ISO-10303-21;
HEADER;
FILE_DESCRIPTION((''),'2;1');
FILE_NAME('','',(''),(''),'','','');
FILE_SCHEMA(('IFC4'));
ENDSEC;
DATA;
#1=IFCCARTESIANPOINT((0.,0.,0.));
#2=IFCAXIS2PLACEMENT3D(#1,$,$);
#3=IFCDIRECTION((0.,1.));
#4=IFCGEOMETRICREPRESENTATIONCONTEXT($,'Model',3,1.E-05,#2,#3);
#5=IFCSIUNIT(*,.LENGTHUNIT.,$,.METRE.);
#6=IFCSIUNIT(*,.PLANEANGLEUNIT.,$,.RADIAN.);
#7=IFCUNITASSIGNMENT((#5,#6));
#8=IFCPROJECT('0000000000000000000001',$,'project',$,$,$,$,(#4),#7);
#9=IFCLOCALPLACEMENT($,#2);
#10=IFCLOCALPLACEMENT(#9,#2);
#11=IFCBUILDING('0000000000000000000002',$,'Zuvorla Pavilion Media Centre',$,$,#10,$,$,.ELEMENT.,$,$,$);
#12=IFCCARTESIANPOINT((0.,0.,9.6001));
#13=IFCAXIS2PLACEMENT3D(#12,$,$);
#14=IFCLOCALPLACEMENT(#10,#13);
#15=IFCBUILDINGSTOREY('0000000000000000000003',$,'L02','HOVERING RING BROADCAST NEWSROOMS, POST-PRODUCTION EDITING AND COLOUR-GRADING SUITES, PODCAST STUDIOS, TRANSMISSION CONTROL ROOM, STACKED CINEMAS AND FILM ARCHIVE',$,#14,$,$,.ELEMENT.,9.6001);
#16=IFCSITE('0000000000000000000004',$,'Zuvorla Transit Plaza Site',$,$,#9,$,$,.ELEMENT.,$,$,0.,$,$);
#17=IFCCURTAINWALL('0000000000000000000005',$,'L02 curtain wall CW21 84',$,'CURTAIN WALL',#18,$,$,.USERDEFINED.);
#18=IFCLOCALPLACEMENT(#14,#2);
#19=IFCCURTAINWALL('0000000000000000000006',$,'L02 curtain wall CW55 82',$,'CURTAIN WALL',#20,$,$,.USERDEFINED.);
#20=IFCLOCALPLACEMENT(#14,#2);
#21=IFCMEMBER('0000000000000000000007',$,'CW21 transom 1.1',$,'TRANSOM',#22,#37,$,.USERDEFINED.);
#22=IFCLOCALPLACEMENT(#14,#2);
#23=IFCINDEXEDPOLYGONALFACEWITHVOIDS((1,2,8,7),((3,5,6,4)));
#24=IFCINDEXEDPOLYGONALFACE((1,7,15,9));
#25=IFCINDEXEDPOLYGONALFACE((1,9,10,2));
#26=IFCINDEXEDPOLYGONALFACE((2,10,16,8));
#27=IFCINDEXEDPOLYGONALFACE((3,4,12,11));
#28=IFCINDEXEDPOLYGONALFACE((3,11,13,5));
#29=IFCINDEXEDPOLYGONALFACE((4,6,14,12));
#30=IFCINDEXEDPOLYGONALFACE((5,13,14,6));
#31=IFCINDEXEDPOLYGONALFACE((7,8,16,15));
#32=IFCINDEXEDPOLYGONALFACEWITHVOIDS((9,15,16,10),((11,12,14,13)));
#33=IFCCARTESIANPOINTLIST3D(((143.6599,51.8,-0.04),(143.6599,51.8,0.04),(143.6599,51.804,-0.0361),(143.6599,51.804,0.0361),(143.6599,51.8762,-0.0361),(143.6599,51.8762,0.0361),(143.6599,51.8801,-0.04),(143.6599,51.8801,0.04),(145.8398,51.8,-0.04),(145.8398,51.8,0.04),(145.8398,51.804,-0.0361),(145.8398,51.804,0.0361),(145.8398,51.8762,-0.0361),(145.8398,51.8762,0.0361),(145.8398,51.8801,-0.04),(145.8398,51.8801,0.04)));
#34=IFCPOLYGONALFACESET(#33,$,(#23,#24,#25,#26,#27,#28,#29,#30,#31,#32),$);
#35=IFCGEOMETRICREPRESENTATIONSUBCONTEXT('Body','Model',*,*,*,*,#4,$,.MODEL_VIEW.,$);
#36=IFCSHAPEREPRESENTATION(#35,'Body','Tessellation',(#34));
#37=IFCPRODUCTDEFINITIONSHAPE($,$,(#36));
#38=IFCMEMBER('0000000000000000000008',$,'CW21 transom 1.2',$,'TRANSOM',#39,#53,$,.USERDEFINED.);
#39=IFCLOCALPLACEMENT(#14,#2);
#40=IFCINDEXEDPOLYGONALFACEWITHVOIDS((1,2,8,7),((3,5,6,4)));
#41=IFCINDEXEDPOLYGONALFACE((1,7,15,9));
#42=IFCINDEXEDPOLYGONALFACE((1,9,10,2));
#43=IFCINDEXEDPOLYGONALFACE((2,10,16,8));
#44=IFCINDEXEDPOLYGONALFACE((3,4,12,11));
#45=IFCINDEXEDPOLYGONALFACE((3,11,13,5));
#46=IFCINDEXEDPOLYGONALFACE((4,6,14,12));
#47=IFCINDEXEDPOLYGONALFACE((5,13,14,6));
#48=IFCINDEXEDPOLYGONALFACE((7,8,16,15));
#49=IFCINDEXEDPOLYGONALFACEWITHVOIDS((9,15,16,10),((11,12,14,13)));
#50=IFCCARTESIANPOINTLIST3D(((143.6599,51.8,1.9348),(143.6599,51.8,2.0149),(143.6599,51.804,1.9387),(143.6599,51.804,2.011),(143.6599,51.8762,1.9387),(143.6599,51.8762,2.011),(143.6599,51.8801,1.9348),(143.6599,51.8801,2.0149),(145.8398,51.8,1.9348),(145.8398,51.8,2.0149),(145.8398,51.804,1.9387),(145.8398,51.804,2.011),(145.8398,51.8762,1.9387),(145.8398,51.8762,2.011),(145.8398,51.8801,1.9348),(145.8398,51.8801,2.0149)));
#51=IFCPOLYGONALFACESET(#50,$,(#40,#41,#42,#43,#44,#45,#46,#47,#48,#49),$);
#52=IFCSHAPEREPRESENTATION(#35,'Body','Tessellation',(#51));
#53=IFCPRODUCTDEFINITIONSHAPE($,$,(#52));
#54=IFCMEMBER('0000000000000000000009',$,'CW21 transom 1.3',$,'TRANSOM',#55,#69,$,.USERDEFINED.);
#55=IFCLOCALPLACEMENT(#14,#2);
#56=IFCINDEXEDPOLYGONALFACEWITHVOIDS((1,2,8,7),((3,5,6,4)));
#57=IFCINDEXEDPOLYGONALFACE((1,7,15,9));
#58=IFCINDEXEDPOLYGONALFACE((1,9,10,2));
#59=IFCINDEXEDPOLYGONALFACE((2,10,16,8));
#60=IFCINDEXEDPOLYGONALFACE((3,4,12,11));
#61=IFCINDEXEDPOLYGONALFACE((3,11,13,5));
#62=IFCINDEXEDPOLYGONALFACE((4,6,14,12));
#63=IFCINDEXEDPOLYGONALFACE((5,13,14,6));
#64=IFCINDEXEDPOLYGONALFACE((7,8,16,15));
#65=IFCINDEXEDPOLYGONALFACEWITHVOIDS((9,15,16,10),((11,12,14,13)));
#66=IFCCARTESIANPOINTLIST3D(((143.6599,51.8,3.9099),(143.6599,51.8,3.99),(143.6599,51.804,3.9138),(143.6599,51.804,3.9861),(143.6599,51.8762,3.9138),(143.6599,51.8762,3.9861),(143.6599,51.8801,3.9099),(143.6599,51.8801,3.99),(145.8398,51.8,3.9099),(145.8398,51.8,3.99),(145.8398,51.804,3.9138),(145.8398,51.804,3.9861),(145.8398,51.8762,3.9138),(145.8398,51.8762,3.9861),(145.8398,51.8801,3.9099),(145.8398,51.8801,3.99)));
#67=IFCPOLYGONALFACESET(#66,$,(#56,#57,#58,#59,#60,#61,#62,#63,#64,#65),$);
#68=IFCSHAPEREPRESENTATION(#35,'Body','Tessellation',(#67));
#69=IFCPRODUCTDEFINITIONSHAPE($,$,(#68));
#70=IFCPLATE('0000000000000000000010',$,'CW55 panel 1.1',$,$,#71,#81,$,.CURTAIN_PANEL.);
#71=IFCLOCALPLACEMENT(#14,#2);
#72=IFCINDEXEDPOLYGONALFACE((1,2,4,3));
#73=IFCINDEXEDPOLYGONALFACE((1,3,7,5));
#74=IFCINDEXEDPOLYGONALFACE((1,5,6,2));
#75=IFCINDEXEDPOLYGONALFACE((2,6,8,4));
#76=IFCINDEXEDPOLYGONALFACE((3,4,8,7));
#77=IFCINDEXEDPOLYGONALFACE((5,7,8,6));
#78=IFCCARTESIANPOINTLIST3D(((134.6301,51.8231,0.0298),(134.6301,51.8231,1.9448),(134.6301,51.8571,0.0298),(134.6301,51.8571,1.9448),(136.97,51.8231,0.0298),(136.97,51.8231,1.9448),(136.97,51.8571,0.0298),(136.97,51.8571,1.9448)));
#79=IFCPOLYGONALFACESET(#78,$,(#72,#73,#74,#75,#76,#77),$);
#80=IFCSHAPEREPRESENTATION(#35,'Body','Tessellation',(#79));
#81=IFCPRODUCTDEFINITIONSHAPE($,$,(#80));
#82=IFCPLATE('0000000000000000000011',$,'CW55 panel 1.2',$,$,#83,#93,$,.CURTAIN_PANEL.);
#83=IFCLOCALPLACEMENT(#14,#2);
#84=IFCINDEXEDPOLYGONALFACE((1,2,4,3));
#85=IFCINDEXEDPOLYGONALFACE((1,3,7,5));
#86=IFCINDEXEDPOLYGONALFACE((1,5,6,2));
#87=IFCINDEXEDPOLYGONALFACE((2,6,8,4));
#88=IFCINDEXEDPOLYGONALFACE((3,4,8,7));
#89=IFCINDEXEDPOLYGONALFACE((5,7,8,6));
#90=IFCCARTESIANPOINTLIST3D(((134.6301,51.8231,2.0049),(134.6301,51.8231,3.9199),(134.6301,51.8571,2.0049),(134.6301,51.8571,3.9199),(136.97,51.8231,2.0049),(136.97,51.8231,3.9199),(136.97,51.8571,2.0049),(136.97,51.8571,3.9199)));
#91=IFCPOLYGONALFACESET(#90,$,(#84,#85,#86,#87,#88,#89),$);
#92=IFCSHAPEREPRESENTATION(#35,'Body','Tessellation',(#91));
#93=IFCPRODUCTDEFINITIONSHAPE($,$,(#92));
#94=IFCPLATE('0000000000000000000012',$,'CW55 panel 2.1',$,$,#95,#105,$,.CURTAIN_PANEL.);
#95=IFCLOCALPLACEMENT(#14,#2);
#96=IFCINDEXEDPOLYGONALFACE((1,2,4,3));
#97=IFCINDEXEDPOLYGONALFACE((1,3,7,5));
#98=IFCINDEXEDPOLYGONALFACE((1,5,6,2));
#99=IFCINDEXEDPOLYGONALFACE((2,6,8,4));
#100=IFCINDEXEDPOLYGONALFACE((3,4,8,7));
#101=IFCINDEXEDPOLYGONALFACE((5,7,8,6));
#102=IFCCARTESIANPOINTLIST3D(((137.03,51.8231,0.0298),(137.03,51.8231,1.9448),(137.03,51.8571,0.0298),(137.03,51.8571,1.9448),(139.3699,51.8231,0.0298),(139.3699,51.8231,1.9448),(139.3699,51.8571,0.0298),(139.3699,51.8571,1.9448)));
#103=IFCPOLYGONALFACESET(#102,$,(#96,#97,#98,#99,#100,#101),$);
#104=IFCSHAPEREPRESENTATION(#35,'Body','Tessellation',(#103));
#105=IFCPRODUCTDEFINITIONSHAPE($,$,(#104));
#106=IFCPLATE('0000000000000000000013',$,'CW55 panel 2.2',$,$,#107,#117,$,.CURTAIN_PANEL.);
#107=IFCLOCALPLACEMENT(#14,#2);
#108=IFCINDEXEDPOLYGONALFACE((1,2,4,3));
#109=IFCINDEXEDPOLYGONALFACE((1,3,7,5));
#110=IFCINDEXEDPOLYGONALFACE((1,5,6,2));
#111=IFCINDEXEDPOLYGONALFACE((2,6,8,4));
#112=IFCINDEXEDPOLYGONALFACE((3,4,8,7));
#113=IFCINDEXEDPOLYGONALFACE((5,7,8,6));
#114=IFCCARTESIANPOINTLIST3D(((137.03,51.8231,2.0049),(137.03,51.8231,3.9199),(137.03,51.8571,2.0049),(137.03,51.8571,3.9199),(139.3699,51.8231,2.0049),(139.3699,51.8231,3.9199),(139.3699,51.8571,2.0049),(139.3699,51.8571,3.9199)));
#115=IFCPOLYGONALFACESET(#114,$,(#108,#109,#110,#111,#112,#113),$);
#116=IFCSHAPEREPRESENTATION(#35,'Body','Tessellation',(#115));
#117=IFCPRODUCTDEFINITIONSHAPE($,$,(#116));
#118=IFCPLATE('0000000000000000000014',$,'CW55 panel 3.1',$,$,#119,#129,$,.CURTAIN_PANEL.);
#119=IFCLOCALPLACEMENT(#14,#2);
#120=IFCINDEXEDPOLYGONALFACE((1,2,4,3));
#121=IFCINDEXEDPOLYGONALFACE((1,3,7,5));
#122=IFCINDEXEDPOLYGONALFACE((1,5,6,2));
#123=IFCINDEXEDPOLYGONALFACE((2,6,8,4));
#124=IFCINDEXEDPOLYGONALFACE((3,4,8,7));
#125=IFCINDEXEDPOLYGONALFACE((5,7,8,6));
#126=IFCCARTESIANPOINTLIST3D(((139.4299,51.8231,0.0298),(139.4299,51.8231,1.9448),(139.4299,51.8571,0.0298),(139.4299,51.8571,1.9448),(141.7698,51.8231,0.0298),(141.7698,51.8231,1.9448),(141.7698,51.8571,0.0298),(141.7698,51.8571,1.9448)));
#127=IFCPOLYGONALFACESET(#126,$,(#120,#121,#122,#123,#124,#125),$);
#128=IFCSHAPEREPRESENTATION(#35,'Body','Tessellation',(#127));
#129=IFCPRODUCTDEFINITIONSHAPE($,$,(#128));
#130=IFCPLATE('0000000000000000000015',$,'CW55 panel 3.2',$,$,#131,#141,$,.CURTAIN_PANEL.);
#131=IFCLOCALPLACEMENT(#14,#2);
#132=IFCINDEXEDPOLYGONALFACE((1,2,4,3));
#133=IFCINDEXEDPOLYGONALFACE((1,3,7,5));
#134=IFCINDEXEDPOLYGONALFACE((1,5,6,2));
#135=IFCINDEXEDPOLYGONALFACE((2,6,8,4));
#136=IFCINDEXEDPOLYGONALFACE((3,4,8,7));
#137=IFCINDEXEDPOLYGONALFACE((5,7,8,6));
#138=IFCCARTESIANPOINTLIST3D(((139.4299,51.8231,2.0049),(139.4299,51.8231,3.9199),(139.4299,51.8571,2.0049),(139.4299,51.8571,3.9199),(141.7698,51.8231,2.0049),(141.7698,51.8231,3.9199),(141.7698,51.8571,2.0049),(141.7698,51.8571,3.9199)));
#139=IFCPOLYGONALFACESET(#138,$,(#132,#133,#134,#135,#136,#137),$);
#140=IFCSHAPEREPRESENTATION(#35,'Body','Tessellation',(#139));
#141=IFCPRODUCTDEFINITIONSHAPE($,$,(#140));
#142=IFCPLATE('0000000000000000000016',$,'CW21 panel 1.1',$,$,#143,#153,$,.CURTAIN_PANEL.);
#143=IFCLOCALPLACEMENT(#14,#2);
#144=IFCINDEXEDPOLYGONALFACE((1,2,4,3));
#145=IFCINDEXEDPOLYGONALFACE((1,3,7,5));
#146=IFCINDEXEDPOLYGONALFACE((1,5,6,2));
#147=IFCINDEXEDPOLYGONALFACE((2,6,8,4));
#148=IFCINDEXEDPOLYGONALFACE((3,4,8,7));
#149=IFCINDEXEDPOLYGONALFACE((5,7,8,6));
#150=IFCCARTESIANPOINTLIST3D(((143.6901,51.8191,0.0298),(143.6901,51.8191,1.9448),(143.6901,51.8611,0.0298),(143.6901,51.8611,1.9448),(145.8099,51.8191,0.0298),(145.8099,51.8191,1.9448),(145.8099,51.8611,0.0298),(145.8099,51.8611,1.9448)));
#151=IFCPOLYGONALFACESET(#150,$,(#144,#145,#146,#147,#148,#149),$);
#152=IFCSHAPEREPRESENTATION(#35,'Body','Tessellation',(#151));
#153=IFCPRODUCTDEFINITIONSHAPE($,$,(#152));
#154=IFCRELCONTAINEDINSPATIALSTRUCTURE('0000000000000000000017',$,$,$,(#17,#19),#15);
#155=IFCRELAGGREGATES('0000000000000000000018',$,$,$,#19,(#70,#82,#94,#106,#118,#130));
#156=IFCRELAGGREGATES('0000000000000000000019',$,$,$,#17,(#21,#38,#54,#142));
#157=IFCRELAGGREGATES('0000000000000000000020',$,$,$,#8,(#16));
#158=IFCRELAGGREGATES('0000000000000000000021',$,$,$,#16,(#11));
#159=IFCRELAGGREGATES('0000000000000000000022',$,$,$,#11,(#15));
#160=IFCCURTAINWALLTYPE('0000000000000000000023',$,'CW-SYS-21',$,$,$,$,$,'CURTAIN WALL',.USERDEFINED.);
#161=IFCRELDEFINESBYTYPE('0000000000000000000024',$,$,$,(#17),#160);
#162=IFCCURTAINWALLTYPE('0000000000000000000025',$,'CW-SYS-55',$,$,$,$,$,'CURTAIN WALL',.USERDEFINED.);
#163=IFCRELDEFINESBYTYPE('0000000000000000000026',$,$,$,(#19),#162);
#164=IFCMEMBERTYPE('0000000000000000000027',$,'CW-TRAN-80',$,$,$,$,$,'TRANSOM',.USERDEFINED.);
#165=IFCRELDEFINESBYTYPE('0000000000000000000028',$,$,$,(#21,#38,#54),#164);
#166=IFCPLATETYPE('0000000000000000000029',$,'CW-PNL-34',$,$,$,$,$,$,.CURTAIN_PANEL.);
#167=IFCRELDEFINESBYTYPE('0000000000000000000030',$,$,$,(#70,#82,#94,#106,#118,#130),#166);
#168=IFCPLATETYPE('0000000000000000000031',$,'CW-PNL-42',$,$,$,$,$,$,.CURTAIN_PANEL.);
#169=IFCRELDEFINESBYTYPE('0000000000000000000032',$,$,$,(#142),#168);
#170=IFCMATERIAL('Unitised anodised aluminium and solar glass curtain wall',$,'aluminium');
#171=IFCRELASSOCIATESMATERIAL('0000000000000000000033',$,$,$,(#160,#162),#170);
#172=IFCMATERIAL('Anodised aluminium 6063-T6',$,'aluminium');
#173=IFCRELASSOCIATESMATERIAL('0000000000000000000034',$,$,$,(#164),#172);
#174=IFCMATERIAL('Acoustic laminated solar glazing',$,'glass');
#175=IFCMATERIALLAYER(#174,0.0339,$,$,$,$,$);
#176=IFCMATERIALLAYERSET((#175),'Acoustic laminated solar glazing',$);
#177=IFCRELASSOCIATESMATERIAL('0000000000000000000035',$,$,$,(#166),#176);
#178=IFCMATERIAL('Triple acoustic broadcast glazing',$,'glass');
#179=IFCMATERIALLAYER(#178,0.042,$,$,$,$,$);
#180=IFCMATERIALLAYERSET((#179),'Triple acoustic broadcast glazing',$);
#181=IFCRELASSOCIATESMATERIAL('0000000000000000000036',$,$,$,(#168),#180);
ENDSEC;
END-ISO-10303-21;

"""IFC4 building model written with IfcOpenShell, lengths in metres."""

from ifc_helpers import new_model, si_unit, direction, frame, origin, origin_2d, place, context, subcontext, project, spatial, rectangle, hollow_rectangle, extrude, material, layer, layer_set, material_profile, profile_set, type_object, element, aggregate, save


model = new_model("IFC4")

# Units and contexts
model_context = context("Model", 3, precision=1e-05, world=origin(), true_north=direction((0.0, 1.0)))
body_context = subcontext(model_context, "Body", "Model", "MODEL_VIEW")
ifc_project = project(units=[si_unit("LENGTHUNIT", "METRE"), si_unit("PLANEANGLEUNIT", "RADIAN")], contexts=[model_context])

# Site, building, storey
site_placement = place(None, origin())
site = spatial("IfcSite", under=ifc_project, at=site_placement, Name="Zuvorla Transit Plaza Site", CompositionType="ELEMENT", RefElevation=0.0)
building_placement = place(site_placement, origin())
building = spatial("IfcBuilding", under=site, at=building_placement, Name="Zuvorla Pavilion Media Centre", CompositionType="ELEMENT")
storey_placement = place(building_placement, frame((0.0, 0.0, 9.6001)))
storey = spatial("IfcBuildingStorey", under=building, at=storey_placement, Name="L02", Description="HOVERING RING BROADCAST NEWSROOMS, POST-PRODUCTION EDITING AND COLOUR-GRADING SUITES, PODCAST STUDIOS, TRANSMISSION CONTROL ROOM, STACKED CINEMAS AND FILM ARCHIVE", CompositionType="ELEMENT", Elevation=9.6001)

# Curtain wall
ifc_material_1 = material(Name="Unitised anodised aluminium and solar glass curtain wall", Category="aluminium")
curtain_wall_type_1 = type_object("IfcCurtainWallType", Name="CW-SYS-21", ElementType="CURTAIN WALL", PredefinedType="USERDEFINED", material=ifc_material_1)
curtain_wall_1_placement = place(storey_placement, origin())
curtain_wall_1 = element("IfcCurtainWall", 1, at=curtain_wall_1_placement, inside=storey, type_object=curtain_wall_type_1, Name="L02 curtain wall CW21 84", ObjectType="CURTAIN WALL", PredefinedType="USERDEFINED")
ifc_material_2 = material(Name="Anodised aluminium 6063-T6", Category="aluminium")

# Curtain wall
curtain_wall_type_2 = type_object("IfcCurtainWallType", Name="CW-SYS-55", ElementType="CURTAIN WALL", PredefinedType="USERDEFINED", material=ifc_material_1)
curtain_wall_2_placement = place(storey_placement, origin())
curtain_wall_2 = element("IfcCurtainWall", 2, at=curtain_wall_2_placement, inside=storey, type_object=curtain_wall_type_2, Name="L02 curtain wall CW55 82", ObjectType="CURTAIN WALL", PredefinedType="USERDEFINED")

# Members
ifc_material_profile_1 = material_profile(ifc_material_2, hollow_rectangle(XDim=0.0801, YDim=0.0801, WallThickness=0.0039, at=origin_2d()), Name="ALU TRAN 80x80")
ifc_profile_set_1 = profile_set([ifc_material_profile_1], Name="Anodised aluminium 6063-T6")
member_type_1 = type_object("IfcMemberType", Name="CW-TRAN-80", ElementType="TRANSOM", PredefinedType="USERDEFINED", material=ifc_profile_set_1)
member_1_placement = place(storey_placement, frame((143.6599, 51.8401, 0.0), z_axis=(1.0, 0.0, 0.0), x_axis=(0.0, 1.0, 0.0)))
member_1 = element("IfcMember", 3, at=member_1_placement, type_object=member_type_1, Name="CW21 transom 1.1", ObjectType="TRANSOM", PredefinedType="USERDEFINED", context=body_context, shape_type="SweptSolid", body=[
    extrude(hollow_rectangle(XDim=0.0801, YDim=0.0801, WallThickness=0.0039, at=origin_2d()), origin(), (0.0, 0.0, 1.0), 2.1799),
])
member_2_placement = place(storey_placement, frame((143.6599, 51.8401, 1.9749), z_axis=(1.0, 0.0, 0.0), x_axis=(0.0, 1.0, 0.0)))
member_2 = element("IfcMember", 4, at=member_2_placement, type_object=member_type_1, Name="CW21 transom 1.2", ObjectType="TRANSOM", PredefinedType="USERDEFINED", context=body_context, shape_type="SweptSolid", body=[
    extrude(hollow_rectangle(XDim=0.0801, YDim=0.0801, WallThickness=0.0039, at=origin_2d()), origin(), (0.0, 0.0, 1.0), 2.1799),
])
member_3_placement = place(storey_placement, frame((143.6599, 51.8401, 3.95), z_axis=(1.0, 0.0, 0.0), x_axis=(0.0, 1.0, 0.0)))
member_3 = element("IfcMember", 5, at=member_3_placement, type_object=member_type_1, Name="CW21 transom 1.3", ObjectType="TRANSOM", PredefinedType="USERDEFINED", context=body_context, shape_type="SweptSolid", body=[
    extrude(hollow_rectangle(XDim=0.0801, YDim=0.0801, WallThickness=0.0039, at=origin_2d()), origin(), (0.0, 0.0, 1.0), 2.1799),
])

# Plates
ifc_material_3 = material(Name="Acoustic laminated solar glazing", Category="glass")
ifc_layer_1 = layer(ifc_material_3, 0.0339)
ifc_layer_set_1 = layer_set([ifc_layer_1], Name="Acoustic laminated solar glazing")
plate_type_1 = type_object("IfcPlateType", Name="CW-PNL-34", PredefinedType="CURTAIN_PANEL", material=ifc_layer_set_1)
plate_1_placement = place(storey_placement, frame((135.8, 51.8401, 0.0298), z_axis=(0.0, 0.0, 1.0), x_axis=(1.0, 0.0, 0.0)))
plate_1 = element("IfcPlate", 6, at=plate_1_placement, type_object=plate_type_1, Name="CW55 panel 1.1", PredefinedType="CURTAIN_PANEL", context=body_context, shape_type="SweptSolid", body=[
    extrude(rectangle(XDim=2.3398, YDim=0.0339, at=origin_2d()), origin(), (0.0, 0.0, 1.0), 1.915),
])
plate_2_placement = place(storey_placement, frame((135.8, 51.8401, 2.0049), z_axis=(0.0, 0.0, 1.0), x_axis=(1.0, 0.0, 0.0)))
plate_2 = element("IfcPlate", 7, at=plate_2_placement, type_object=plate_type_1, Name="CW55 panel 1.2", PredefinedType="CURTAIN_PANEL", context=body_context, shape_type="SweptSolid", body=[
    extrude(rectangle(XDim=2.3398, YDim=0.0339, at=origin_2d()), origin(), (0.0, 0.0, 1.0), 1.915),
])
plate_3_placement = place(storey_placement, frame((138.2, 51.8401, 0.0298), z_axis=(0.0, 0.0, 1.0), x_axis=(1.0, 0.0, 0.0)))
plate_3 = element("IfcPlate", 8, at=plate_3_placement, type_object=plate_type_1, Name="CW55 panel 2.1", PredefinedType="CURTAIN_PANEL", context=body_context, shape_type="SweptSolid", body=[
    extrude(rectangle(XDim=2.3398, YDim=0.0339, at=origin_2d()), origin(), (0.0, 0.0, 1.0), 1.915),
])
plate_4_placement = place(storey_placement, frame((138.2, 51.8401, 2.0049), z_axis=(0.0, 0.0, 1.0), x_axis=(1.0, 0.0, 0.0)))
plate_4 = element("IfcPlate", 9, at=plate_4_placement, type_object=plate_type_1, Name="CW55 panel 2.2", PredefinedType="CURTAIN_PANEL", context=body_context, shape_type="SweptSolid", body=[
    extrude(rectangle(XDim=2.3398, YDim=0.0339, at=origin_2d()), origin(), (0.0, 0.0, 1.0), 1.915),
])
plate_5_placement = place(storey_placement, frame((140.5999, 51.8401, 0.0298), z_axis=(0.0, 0.0, 1.0), x_axis=(1.0, 0.0, 0.0)))
plate_5 = element("IfcPlate", 10, at=plate_5_placement, type_object=plate_type_1, Name="CW55 panel 3.1", PredefinedType="CURTAIN_PANEL", context=body_context, shape_type="SweptSolid", body=[
    extrude(rectangle(XDim=2.3398, YDim=0.0339, at=origin_2d()), origin(), (0.0, 0.0, 1.0), 1.915),
])
plate_6_placement = place(storey_placement, frame((140.5999, 51.8401, 2.0049), z_axis=(0.0, 0.0, 1.0), x_axis=(1.0, 0.0, 0.0)))
plate_6 = element("IfcPlate", 11, at=plate_6_placement, type_object=plate_type_1, Name="CW55 panel 3.2", PredefinedType="CURTAIN_PANEL", context=body_context, shape_type="SweptSolid", body=[
    extrude(rectangle(XDim=2.3398, YDim=0.0339, at=origin_2d()), origin(), (0.0, 0.0, 1.0), 1.915),
])
aggregate(curtain_wall_2, [plate_1, plate_2, plate_3, plate_4, plate_5, plate_6])
ifc_material_4 = material(Name="Triple acoustic broadcast glazing", Category="glass")
ifc_layer_2 = layer(ifc_material_4, 0.042)
ifc_layer_set_2 = layer_set([ifc_layer_2], Name="Triple acoustic broadcast glazing")
plate_type_2 = type_object("IfcPlateType", Name="CW-PNL-42", PredefinedType="CURTAIN_PANEL", material=ifc_layer_set_2)
plate_7_placement = place(storey_placement, frame((144.75, 51.8401, 0.0298), z_axis=(0.0, 0.0, 1.0), x_axis=(1.0, 0.0, 0.0)))
plate_7 = element("IfcPlate", 12, at=plate_7_placement, type_object=plate_type_2, Name="CW21 panel 1.1", PredefinedType="CURTAIN_PANEL", context=body_context, shape_type="SweptSolid", body=[
    extrude(rectangle(XDim=2.1199, YDim=0.042, at=origin_2d()), origin(), (0.0, 0.0, 1.0), 1.915),
])
aggregate(curtain_wall_1, [member_1, member_2, member_3, plate_7])

save(model, "model.ifc")
